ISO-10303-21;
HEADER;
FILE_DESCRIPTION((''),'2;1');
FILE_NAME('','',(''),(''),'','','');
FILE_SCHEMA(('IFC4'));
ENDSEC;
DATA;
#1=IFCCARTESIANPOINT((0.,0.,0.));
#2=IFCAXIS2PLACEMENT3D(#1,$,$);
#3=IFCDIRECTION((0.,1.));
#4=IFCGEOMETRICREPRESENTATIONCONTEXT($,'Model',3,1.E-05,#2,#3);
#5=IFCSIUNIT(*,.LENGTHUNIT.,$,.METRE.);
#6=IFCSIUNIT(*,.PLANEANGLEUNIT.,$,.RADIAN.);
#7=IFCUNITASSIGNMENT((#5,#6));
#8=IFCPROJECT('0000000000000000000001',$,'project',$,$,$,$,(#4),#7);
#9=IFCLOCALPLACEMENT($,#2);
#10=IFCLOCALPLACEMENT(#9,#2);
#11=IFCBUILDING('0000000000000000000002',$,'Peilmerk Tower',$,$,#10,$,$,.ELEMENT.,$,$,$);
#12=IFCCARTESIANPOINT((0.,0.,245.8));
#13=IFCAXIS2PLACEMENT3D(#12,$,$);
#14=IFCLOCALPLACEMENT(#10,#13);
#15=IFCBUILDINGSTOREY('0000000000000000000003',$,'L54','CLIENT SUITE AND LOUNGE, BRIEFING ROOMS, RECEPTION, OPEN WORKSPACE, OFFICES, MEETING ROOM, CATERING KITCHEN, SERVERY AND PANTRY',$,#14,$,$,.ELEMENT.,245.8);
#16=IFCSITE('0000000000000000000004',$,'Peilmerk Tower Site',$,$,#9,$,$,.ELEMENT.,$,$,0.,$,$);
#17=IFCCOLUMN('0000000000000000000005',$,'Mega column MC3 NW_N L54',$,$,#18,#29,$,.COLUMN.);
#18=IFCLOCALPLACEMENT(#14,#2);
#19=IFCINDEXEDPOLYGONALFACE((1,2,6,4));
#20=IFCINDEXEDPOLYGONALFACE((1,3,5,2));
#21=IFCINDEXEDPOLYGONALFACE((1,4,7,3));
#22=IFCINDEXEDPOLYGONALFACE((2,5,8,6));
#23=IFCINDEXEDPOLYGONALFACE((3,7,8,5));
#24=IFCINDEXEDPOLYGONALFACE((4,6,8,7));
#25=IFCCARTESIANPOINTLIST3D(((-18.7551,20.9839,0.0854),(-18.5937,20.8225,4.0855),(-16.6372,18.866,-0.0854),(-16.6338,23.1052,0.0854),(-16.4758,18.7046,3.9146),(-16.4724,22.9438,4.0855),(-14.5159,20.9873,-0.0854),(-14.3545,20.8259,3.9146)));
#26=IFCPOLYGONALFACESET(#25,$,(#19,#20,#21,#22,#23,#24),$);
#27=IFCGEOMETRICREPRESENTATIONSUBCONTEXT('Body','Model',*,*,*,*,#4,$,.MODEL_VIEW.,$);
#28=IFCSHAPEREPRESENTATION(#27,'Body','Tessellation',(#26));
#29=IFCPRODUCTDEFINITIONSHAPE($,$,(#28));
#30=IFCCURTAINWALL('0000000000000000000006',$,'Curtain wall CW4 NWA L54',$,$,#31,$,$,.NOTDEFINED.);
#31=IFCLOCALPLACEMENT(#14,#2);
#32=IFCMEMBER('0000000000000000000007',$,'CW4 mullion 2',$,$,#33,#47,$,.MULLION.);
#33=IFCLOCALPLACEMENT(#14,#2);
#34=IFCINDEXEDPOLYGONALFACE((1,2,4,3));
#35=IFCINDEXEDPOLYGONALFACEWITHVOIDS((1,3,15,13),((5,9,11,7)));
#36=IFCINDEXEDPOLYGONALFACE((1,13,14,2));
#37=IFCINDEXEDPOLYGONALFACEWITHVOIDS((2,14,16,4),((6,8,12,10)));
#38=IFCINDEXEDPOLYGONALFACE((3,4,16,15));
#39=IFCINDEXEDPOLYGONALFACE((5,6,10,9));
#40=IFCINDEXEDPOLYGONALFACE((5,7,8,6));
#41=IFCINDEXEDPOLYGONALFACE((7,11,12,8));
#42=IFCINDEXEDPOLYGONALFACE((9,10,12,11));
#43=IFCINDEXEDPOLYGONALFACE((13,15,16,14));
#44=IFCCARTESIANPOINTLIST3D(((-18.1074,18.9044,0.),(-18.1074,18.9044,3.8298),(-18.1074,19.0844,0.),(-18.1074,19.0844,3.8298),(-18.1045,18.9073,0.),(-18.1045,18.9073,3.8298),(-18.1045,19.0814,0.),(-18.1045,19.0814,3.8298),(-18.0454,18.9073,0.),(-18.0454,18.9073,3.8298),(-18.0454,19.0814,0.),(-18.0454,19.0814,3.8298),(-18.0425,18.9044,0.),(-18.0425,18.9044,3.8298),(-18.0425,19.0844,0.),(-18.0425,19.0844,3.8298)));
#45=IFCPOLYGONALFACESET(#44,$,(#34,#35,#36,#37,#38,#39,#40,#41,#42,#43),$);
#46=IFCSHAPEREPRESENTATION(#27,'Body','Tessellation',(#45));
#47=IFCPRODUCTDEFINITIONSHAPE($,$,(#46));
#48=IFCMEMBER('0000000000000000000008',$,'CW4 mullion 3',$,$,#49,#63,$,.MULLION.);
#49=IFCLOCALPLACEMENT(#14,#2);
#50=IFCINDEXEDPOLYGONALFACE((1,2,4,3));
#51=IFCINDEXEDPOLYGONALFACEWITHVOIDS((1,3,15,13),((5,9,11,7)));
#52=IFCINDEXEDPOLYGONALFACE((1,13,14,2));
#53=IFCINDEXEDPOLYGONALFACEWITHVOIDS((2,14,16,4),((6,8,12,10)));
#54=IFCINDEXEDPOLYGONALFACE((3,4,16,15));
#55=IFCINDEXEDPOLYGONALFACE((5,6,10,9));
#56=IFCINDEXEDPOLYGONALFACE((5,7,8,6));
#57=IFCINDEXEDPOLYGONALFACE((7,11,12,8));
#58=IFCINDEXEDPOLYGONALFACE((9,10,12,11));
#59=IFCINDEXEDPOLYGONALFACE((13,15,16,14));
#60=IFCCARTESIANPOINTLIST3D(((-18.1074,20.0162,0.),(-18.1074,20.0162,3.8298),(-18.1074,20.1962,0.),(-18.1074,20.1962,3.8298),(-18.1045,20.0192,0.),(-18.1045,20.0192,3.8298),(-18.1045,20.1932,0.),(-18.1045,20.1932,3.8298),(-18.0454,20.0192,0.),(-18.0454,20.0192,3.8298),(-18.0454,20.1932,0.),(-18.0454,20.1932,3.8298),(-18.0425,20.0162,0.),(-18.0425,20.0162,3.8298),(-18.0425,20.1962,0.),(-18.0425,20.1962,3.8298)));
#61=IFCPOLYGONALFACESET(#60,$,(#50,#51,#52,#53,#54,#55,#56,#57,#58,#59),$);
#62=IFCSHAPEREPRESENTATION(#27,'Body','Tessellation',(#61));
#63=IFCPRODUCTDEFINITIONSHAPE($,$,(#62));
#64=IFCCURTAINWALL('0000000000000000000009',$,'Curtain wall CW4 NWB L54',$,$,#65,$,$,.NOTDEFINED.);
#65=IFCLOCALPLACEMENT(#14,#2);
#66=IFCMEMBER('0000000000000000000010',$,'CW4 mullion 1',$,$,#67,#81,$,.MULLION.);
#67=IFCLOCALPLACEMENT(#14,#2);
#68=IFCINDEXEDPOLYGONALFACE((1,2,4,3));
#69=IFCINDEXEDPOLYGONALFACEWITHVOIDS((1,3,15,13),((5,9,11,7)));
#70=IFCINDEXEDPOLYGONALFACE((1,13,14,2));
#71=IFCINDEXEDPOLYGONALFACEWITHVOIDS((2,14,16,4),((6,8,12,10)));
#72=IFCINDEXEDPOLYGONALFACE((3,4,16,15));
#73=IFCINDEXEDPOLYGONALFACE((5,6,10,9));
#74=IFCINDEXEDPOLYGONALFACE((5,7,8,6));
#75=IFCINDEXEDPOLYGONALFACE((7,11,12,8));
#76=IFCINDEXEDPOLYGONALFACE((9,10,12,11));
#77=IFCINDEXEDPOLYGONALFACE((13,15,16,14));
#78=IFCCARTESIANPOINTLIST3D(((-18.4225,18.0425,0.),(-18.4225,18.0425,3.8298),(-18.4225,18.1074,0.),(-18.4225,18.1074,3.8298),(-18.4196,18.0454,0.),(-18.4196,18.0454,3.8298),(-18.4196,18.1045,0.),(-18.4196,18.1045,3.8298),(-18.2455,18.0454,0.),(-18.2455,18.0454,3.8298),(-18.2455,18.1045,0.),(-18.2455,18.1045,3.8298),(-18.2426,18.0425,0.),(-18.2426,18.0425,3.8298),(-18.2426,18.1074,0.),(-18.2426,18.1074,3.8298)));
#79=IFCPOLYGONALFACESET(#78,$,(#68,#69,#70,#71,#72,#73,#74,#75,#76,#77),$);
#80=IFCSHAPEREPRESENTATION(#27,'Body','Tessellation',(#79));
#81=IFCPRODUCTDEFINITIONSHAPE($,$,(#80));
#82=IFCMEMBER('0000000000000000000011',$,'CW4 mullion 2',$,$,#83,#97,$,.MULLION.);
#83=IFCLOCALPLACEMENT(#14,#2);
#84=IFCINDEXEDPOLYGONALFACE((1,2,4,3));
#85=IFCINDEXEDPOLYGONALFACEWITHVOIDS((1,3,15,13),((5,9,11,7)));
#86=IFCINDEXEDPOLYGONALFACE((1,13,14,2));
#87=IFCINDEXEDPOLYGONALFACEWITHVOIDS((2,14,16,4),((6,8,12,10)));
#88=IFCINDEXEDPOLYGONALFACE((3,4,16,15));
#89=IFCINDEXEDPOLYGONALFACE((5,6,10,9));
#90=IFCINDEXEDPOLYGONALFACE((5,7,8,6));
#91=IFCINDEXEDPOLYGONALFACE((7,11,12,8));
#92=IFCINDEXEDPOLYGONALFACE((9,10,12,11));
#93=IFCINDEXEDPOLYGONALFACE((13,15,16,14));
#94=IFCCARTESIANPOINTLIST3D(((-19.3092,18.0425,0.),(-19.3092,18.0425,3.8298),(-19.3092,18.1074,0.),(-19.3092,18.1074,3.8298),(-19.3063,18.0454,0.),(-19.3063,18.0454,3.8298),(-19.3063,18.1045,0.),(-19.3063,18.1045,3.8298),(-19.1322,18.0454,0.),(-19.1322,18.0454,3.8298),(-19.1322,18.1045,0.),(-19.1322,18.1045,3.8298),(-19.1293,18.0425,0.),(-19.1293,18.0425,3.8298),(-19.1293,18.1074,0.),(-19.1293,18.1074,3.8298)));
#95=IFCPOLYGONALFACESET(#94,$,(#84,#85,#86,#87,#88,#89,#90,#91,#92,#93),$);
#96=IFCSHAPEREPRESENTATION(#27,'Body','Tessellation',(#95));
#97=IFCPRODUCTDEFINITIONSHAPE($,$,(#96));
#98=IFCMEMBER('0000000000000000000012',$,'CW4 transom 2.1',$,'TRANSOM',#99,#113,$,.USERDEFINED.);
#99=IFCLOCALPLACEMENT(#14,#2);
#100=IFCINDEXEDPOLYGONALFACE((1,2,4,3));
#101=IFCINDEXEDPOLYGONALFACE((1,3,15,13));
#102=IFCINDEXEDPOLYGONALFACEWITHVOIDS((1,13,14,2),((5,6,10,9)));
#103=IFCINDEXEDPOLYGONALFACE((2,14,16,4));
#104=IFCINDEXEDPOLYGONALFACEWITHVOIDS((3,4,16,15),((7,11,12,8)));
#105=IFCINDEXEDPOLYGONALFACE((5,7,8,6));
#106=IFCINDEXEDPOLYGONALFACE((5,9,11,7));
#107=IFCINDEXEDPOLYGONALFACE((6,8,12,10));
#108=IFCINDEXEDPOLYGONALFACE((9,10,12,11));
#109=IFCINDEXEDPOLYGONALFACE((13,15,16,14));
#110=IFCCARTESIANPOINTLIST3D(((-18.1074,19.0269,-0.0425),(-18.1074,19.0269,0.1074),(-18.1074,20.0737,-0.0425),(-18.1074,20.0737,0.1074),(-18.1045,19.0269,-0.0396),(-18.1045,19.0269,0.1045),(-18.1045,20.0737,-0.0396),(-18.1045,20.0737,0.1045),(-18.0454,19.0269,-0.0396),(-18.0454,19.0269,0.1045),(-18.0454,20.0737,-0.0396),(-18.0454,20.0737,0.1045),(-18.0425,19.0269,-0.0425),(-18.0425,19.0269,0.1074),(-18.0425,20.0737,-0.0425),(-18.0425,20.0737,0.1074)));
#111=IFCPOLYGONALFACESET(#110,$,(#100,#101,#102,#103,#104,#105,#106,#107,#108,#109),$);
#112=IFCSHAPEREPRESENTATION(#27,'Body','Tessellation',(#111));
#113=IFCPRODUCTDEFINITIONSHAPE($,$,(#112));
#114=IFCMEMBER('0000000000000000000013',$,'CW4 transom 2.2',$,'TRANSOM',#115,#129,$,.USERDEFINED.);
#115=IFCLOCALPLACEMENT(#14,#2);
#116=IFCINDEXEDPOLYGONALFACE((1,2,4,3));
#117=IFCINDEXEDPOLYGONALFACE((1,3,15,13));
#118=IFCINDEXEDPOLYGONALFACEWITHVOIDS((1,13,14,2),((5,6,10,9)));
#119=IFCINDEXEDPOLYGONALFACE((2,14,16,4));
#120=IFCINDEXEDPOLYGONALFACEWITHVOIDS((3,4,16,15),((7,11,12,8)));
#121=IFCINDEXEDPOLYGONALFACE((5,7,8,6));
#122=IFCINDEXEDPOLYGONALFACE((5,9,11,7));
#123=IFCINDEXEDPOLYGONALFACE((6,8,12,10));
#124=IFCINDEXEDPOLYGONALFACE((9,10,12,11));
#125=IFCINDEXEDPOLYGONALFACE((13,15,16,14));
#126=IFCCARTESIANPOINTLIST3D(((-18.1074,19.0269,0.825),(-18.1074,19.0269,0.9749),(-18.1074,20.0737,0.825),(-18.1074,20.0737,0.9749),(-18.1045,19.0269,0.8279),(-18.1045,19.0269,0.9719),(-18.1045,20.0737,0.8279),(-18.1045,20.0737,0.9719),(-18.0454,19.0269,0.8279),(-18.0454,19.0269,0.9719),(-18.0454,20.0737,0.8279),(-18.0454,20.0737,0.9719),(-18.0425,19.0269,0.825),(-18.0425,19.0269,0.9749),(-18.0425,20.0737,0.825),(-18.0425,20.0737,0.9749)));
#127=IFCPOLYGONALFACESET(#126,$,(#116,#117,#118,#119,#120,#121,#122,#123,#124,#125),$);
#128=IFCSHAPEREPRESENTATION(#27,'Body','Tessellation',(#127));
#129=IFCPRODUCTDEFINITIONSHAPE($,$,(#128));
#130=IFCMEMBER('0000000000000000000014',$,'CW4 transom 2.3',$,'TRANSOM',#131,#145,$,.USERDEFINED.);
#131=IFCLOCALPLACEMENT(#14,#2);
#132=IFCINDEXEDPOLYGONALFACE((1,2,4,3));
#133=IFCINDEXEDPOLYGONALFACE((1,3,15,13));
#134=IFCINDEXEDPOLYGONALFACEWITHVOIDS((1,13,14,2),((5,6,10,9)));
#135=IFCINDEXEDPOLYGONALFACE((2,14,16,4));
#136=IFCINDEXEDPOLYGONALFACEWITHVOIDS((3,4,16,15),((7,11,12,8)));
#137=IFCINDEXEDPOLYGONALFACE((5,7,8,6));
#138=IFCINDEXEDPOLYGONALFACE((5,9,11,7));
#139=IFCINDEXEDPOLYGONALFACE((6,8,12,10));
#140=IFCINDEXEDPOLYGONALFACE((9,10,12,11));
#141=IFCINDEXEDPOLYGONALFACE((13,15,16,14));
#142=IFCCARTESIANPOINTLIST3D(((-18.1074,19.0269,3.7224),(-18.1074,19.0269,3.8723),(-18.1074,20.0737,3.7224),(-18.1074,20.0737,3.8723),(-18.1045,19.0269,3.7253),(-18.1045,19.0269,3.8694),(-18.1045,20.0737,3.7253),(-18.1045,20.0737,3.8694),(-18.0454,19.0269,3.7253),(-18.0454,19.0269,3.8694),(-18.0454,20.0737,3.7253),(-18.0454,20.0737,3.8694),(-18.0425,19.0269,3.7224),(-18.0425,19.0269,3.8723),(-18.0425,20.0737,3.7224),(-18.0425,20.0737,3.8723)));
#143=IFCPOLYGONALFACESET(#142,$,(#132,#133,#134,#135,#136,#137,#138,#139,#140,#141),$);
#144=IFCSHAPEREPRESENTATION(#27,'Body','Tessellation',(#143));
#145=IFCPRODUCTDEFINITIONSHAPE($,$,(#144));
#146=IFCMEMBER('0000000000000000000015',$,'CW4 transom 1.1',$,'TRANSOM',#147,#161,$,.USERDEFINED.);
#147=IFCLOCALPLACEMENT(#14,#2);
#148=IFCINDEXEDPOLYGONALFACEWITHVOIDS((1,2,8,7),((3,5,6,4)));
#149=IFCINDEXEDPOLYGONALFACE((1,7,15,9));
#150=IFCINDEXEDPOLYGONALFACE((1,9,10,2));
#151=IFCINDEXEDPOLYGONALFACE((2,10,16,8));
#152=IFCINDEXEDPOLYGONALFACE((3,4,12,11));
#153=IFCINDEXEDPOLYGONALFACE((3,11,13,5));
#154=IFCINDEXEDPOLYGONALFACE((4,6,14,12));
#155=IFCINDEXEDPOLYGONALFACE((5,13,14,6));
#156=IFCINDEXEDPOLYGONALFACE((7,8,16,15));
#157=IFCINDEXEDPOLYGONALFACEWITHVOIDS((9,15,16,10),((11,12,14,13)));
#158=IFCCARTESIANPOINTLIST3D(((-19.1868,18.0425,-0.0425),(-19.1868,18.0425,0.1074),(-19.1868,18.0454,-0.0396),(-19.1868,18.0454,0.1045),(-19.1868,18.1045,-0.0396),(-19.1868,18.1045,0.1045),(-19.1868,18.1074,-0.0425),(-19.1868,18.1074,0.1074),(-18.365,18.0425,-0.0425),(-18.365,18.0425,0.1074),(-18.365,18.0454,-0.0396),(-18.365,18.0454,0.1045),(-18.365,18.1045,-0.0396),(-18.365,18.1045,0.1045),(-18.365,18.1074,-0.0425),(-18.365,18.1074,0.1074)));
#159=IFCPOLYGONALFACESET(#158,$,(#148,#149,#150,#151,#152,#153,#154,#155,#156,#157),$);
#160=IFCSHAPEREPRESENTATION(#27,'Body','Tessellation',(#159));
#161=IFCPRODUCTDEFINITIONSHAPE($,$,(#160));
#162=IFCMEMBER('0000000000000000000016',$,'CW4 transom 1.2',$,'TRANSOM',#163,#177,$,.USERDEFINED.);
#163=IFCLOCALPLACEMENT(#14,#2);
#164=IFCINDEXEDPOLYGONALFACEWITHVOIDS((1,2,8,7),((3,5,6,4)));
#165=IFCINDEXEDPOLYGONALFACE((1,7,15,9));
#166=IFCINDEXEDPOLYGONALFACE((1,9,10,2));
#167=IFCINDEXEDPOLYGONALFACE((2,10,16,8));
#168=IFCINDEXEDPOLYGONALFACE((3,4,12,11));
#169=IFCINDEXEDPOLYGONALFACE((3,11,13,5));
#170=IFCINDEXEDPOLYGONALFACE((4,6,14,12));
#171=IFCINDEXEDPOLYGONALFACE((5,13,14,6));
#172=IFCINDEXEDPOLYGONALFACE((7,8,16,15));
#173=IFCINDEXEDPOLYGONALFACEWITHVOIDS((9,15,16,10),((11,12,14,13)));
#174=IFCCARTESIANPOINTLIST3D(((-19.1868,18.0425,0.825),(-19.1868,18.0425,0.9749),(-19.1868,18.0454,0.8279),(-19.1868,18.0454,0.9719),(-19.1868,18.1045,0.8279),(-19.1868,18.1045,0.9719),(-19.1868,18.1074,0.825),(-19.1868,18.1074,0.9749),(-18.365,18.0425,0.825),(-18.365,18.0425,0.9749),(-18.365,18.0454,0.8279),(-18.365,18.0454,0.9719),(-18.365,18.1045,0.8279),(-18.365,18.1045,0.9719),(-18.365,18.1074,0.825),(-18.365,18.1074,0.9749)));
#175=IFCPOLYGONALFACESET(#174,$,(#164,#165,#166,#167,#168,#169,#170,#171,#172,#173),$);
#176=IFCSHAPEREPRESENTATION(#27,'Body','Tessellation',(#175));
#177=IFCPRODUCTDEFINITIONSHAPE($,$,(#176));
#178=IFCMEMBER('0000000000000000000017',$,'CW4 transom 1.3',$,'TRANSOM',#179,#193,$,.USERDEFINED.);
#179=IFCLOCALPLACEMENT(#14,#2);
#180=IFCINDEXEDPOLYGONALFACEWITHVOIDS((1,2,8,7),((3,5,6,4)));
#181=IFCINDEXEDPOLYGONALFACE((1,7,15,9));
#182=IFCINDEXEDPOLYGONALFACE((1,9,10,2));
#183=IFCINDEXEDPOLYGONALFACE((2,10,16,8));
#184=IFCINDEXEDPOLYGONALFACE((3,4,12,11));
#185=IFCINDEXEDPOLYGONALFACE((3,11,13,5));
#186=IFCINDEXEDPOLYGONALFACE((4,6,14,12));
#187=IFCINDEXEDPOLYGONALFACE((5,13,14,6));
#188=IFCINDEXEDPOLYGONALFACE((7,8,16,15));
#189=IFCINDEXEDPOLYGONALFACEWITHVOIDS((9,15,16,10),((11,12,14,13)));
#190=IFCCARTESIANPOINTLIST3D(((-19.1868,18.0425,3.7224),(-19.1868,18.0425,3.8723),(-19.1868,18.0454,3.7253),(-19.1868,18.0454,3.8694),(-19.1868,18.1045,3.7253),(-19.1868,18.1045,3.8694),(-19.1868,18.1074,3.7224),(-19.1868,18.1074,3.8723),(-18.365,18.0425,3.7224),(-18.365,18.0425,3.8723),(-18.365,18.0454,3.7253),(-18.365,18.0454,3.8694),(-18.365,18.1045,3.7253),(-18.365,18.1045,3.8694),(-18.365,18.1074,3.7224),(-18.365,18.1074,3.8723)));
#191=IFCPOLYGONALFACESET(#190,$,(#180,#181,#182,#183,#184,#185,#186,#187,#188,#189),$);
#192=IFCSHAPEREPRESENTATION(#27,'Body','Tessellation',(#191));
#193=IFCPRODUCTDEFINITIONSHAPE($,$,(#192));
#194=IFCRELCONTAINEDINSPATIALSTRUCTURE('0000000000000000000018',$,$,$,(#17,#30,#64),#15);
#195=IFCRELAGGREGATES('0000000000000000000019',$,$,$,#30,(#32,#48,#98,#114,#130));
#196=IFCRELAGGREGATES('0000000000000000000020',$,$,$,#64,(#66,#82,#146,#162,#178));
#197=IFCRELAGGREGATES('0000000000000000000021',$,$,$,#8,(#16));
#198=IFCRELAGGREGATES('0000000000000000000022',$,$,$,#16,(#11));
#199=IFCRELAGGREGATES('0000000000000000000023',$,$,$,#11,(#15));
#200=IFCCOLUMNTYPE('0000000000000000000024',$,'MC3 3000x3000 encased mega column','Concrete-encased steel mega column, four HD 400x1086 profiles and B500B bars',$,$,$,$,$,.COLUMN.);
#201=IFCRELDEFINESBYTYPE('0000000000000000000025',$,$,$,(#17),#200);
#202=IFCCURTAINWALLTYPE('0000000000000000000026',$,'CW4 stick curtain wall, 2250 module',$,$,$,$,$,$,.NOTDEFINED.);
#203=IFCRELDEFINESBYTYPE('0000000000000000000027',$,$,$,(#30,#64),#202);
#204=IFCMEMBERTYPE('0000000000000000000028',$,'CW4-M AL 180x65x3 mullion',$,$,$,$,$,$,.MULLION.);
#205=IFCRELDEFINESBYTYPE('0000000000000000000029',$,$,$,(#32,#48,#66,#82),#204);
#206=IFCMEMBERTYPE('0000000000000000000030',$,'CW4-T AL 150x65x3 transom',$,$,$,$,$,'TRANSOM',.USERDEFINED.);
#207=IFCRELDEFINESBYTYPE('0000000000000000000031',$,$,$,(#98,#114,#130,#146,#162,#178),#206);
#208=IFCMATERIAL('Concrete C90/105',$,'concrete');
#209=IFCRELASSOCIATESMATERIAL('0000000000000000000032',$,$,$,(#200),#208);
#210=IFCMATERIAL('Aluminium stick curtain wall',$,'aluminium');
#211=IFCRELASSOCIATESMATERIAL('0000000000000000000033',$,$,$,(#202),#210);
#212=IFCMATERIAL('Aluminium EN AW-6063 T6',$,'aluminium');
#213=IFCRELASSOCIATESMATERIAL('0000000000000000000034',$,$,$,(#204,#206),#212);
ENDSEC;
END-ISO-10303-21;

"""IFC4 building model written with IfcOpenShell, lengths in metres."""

from ifc_helpers import new_model, si_unit, direction, frame, origin, origin_2d, place, context, subcontext, project, spatial, rectangle, hollow_rectangle, extrude, material, material_profile, profile_set, type_object, element, aggregate, save


model = new_model("IFC4")

# Units and contexts
model_context = context("Model", 3, precision=1e-05, world=origin(), true_north=direction((0.0, 1.0)))
body_context = subcontext(model_context, "Body", "Model", "MODEL_VIEW")
ifc_project = project(units=[si_unit("LENGTHUNIT", "METRE"), si_unit("PLANEANGLEUNIT", "RADIAN")], contexts=[model_context])

# Site, building, storey
site_placement = place(None, origin())
site = spatial("IfcSite", under=ifc_project, at=site_placement, Name="Peilmerk Tower Site", CompositionType="ELEMENT", RefElevation=0.0)
building_placement = place(site_placement, origin())
building = spatial("IfcBuilding", under=site, at=building_placement, Name="Peilmerk Tower", CompositionType="ELEMENT")
storey_placement = place(building_placement, frame((0.0, 0.0, 245.8)))
storey = spatial("IfcBuildingStorey", under=building, at=storey_placement, Name="L54", Description="CLIENT SUITE AND LOUNGE, BRIEFING ROOMS, RECEPTION, OPEN WORKSPACE, OFFICES, MEETING ROOM, CATERING KITCHEN, SERVERY AND PANTRY", CompositionType="ELEMENT", Elevation=245.8)

# Column
ifc_material_1 = material(Name="Concrete C90/105", Category="concrete")
ifc_material_profile_1 = material_profile(ifc_material_1, rectangle(XDim=3.0, YDim=3.0, at=origin_2d()), Name="RC 3000x3000")
ifc_profile_set_1 = profile_set([ifc_material_profile_1], Name="Concrete C90/105")
column_type = type_object("IfcColumnType", Name="MC3 3000x3000 encased mega column", Description="Concrete-encased steel mega column, four HD 400x1086 profiles and B500B bars", PredefinedType="COLUMN", material=ifc_profile_set_1)
column_placement = place(storey_placement, frame((-16.6355, 20.9856, 0.0), z_axis=(0.040279, -0.040279, 0.998376), x_axis=(0.707107, 0.707107, 0.0)))
element("IfcColumn", 1, at=column_placement, inside=storey, type_object=column_type, Name="Mega column MC3 NW_N L54", PredefinedType="COLUMN", context=body_context, shape_type="SweptSolid", body=[
    extrude(rectangle(XDim=3.0, YDim=3.0, at=origin_2d()), origin(), (0.0, 0.0, 1.0), 4.0066),
])

# Curtain walls, members
ifc_material_2 = material(Name="Aluminium stick curtain wall", Category="aluminium")
curtain_wall_type = type_object("IfcCurtainWallType", Name="CW4 stick curtain wall, 2250 module", PredefinedType="NOTDEFINED", material=ifc_material_2)
curtain_wall_1_placement = place(storey_placement, origin())
curtain_wall_1 = element("IfcCurtainWall", 2, at=curtain_wall_1_placement, inside=storey, type_object=curtain_wall_type, Name="Curtain wall CW4 NWA L54", PredefinedType="NOTDEFINED")
ifc_material_3 = material(Name="Aluminium EN AW-6063 T6", Category="aluminium")
ifc_material_profile_2 = material_profile(ifc_material_3, hollow_rectangle(XDim=0.0649, YDim=0.1799, WallThickness=0.0029, at=origin_2d()), Name="AL 180x65x3")
ifc_profile_set_2 = profile_set([ifc_material_profile_2], Name="Aluminium EN AW-6063 T6")
member_type_1 = type_object("IfcMemberType", Name="CW4-M AL 180x65x3 mullion", PredefinedType="MULLION", material=ifc_profile_set_2)
member_1_placement = place(storey_placement, frame((-18.075, 18.9944, 0.0), z_axis=(0.0, 0.0, 1.0), x_axis=(-1.0, 0.0, 0.0)))
member_1 = element("IfcMember", 3, at=member_1_placement, type_object=member_type_1, Name="CW4 mullion 2", PredefinedType="MULLION", context=body_context, shape_type="SweptSolid", body=[
    extrude(hollow_rectangle(XDim=0.0649, YDim=0.1799, WallThickness=0.0029, at=origin_2d()), origin(), (0.0, 0.0, 1.0), 3.8298),
])
member_2_placement = place(storey_placement, frame((-18.075, 20.1062, 0.0), z_axis=(0.0, 0.0, 1.0), x_axis=(-1.0, 0.0, 0.0)))
member_2 = element("IfcMember", 4, at=member_2_placement, type_object=member_type_1, Name="CW4 mullion 3", PredefinedType="MULLION", context=body_context, shape_type="SweptSolid", body=[
    extrude(hollow_rectangle(XDim=0.0649, YDim=0.1799, WallThickness=0.0029, at=origin_2d()), origin(), (0.0, 0.0, 1.0), 3.8298),
])
curtain_wall_2_placement = place(storey_placement, origin())
curtain_wall_2 = element("IfcCurtainWall", 5, at=curtain_wall_2_placement, inside=storey, type_object=curtain_wall_type, Name="Curtain wall CW4 NWB L54", PredefinedType="NOTDEFINED")
member_3_placement = place(storey_placement, frame((-18.3325, 18.075, 0.0), z_axis=(0.0, 0.0, 1.0), x_axis=(0.0, -1.0, 0.0)))
member_3 = element("IfcMember", 6, at=member_3_placement, type_object=member_type_1, Name="CW4 mullion 1", PredefinedType="MULLION", context=body_context, shape_type="SweptSolid", body=[
    extrude(hollow_rectangle(XDim=0.0649, YDim=0.1799, WallThickness=0.0029, at=origin_2d()), origin(), (0.0, 0.0, 1.0), 3.8298),
])
member_4_placement = place(storey_placement, frame((-19.2192, 18.075, 0.0), z_axis=(0.0, 0.0, 1.0), x_axis=(0.0, -1.0, 0.0)))
member_4 = element("IfcMember", 7, at=member_4_placement, type_object=member_type_1, Name="CW4 mullion 2", PredefinedType="MULLION", context=body_context, shape_type="SweptSolid", body=[
    extrude(hollow_rectangle(XDim=0.0649, YDim=0.1799, WallThickness=0.0029, at=origin_2d()), origin(), (0.0, 0.0, 1.0), 3.8298),
])

# Members
ifc_material_profile_3 = material_profile(ifc_material_3, hollow_rectangle(XDim=0.0649, YDim=0.1499, WallThickness=0.0029, at=origin_2d()), Name="AL 150x65x3")
ifc_profile_set_3 = profile_set([ifc_material_profile_3], Name="Aluminium EN AW-6063 T6")
member_type_2 = type_object("IfcMemberType", Name="CW4-T AL 150x65x3 transom", ElementType="TRANSOM", PredefinedType="USERDEFINED", material=ifc_profile_set_3)
member_5_placement = place(storey_placement, frame((-18.075, 19.0269, 0.0325), z_axis=(0.0, 1.0, 0.0), x_axis=(-1.0, 0.0, 0.0)))
member_5 = element("IfcMember", 8, at=member_5_placement, type_object=member_type_2, Name="CW4 transom 2.1", ObjectType="TRANSOM", PredefinedType="USERDEFINED", context=body_context, shape_type="SweptSolid", body=[
    extrude(hollow_rectangle(XDim=0.0649, YDim=0.1499, WallThickness=0.0029, at=origin_2d()), origin(), (0.0, 0.0, 1.0), 1.0469),
])
member_6_placement = place(storey_placement, frame((-18.075, 19.0269, 0.8999), z_axis=(0.0, 1.0, 0.0), x_axis=(-1.0, 0.0, 0.0)))
member_6 = element("IfcMember", 9, at=member_6_placement, type_object=member_type_2, Name="CW4 transom 2.2", ObjectType="TRANSOM", PredefinedType="USERDEFINED", context=body_context, shape_type="SweptSolid", body=[
    extrude(hollow_rectangle(XDim=0.0649, YDim=0.1499, WallThickness=0.0029, at=origin_2d()), origin(), (0.0, 0.0, 1.0), 1.0469),
])
member_7_placement = place(storey_placement, frame((-18.075, 19.0269, 3.7974), z_axis=(0.0, 1.0, 0.0), x_axis=(-1.0, 0.0, 0.0)))
member_7 = element("IfcMember", 10, at=member_7_placement, type_object=member_type_2, Name="CW4 transom 2.3", ObjectType="TRANSOM", PredefinedType="USERDEFINED", context=body_context, shape_type="SweptSolid", body=[
    extrude(hollow_rectangle(XDim=0.0649, YDim=0.1499, WallThickness=0.0029, at=origin_2d()), origin(), (0.0, 0.0, 1.0), 1.0469),
])
member_8_placement = place(storey_placement, frame((-18.365, 18.075, 0.0325), z_axis=(-1.0, 0.0, 0.0), x_axis=(0.0, -1.0, 0.0)))
member_8 = element("IfcMember", 11, at=member_8_placement, type_object=member_type_2, Name="CW4 transom 1.1", ObjectType="TRANSOM", PredefinedType="USERDEFINED", context=body_context, shape_type="SweptSolid", body=[
    extrude(hollow_rectangle(XDim=0.0649, YDim=0.1499, WallThickness=0.0029, at=origin_2d()), origin(), (0.0, 0.0, 1.0), 0.8218),
])
member_9_placement = place(storey_placement, frame((-18.365, 18.075, 0.8999), z_axis=(-1.0, 0.0, 0.0), x_axis=(0.0, -1.0, 0.0)))
member_9 = element("IfcMember", 12, at=member_9_placement, type_object=member_type_2, Name="CW4 transom 1.2", ObjectType="TRANSOM", PredefinedType="USERDEFINED", context=body_context, shape_type="SweptSolid", body=[
    extrude(hollow_rectangle(XDim=0.0649, YDim=0.1499, WallThickness=0.0029, at=origin_2d()), origin(), (0.0, 0.0, 1.0), 0.8218),
])
member_10_placement = place(storey_placement, frame((-18.365, 18.075, 3.7974), z_axis=(-1.0, 0.0, 0.0), x_axis=(0.0, -1.0, 0.0)))
member_10 = element("IfcMember", 13, at=member_10_placement, type_object=member_type_2, Name="CW4 transom 1.3", ObjectType="TRANSOM", PredefinedType="USERDEFINED", context=body_context, shape_type="SweptSolid", body=[
    extrude(hollow_rectangle(XDim=0.0649, YDim=0.1499, WallThickness=0.0029, at=origin_2d()), origin(), (0.0, 0.0, 1.0), 0.8218),
])

aggregate(curtain_wall_1, [member_1, member_2, member_5, member_6, member_7])
aggregate(curtain_wall_2, [member_3, member_4, member_8, member_9, member_10])

save(model, "model.ifc")
